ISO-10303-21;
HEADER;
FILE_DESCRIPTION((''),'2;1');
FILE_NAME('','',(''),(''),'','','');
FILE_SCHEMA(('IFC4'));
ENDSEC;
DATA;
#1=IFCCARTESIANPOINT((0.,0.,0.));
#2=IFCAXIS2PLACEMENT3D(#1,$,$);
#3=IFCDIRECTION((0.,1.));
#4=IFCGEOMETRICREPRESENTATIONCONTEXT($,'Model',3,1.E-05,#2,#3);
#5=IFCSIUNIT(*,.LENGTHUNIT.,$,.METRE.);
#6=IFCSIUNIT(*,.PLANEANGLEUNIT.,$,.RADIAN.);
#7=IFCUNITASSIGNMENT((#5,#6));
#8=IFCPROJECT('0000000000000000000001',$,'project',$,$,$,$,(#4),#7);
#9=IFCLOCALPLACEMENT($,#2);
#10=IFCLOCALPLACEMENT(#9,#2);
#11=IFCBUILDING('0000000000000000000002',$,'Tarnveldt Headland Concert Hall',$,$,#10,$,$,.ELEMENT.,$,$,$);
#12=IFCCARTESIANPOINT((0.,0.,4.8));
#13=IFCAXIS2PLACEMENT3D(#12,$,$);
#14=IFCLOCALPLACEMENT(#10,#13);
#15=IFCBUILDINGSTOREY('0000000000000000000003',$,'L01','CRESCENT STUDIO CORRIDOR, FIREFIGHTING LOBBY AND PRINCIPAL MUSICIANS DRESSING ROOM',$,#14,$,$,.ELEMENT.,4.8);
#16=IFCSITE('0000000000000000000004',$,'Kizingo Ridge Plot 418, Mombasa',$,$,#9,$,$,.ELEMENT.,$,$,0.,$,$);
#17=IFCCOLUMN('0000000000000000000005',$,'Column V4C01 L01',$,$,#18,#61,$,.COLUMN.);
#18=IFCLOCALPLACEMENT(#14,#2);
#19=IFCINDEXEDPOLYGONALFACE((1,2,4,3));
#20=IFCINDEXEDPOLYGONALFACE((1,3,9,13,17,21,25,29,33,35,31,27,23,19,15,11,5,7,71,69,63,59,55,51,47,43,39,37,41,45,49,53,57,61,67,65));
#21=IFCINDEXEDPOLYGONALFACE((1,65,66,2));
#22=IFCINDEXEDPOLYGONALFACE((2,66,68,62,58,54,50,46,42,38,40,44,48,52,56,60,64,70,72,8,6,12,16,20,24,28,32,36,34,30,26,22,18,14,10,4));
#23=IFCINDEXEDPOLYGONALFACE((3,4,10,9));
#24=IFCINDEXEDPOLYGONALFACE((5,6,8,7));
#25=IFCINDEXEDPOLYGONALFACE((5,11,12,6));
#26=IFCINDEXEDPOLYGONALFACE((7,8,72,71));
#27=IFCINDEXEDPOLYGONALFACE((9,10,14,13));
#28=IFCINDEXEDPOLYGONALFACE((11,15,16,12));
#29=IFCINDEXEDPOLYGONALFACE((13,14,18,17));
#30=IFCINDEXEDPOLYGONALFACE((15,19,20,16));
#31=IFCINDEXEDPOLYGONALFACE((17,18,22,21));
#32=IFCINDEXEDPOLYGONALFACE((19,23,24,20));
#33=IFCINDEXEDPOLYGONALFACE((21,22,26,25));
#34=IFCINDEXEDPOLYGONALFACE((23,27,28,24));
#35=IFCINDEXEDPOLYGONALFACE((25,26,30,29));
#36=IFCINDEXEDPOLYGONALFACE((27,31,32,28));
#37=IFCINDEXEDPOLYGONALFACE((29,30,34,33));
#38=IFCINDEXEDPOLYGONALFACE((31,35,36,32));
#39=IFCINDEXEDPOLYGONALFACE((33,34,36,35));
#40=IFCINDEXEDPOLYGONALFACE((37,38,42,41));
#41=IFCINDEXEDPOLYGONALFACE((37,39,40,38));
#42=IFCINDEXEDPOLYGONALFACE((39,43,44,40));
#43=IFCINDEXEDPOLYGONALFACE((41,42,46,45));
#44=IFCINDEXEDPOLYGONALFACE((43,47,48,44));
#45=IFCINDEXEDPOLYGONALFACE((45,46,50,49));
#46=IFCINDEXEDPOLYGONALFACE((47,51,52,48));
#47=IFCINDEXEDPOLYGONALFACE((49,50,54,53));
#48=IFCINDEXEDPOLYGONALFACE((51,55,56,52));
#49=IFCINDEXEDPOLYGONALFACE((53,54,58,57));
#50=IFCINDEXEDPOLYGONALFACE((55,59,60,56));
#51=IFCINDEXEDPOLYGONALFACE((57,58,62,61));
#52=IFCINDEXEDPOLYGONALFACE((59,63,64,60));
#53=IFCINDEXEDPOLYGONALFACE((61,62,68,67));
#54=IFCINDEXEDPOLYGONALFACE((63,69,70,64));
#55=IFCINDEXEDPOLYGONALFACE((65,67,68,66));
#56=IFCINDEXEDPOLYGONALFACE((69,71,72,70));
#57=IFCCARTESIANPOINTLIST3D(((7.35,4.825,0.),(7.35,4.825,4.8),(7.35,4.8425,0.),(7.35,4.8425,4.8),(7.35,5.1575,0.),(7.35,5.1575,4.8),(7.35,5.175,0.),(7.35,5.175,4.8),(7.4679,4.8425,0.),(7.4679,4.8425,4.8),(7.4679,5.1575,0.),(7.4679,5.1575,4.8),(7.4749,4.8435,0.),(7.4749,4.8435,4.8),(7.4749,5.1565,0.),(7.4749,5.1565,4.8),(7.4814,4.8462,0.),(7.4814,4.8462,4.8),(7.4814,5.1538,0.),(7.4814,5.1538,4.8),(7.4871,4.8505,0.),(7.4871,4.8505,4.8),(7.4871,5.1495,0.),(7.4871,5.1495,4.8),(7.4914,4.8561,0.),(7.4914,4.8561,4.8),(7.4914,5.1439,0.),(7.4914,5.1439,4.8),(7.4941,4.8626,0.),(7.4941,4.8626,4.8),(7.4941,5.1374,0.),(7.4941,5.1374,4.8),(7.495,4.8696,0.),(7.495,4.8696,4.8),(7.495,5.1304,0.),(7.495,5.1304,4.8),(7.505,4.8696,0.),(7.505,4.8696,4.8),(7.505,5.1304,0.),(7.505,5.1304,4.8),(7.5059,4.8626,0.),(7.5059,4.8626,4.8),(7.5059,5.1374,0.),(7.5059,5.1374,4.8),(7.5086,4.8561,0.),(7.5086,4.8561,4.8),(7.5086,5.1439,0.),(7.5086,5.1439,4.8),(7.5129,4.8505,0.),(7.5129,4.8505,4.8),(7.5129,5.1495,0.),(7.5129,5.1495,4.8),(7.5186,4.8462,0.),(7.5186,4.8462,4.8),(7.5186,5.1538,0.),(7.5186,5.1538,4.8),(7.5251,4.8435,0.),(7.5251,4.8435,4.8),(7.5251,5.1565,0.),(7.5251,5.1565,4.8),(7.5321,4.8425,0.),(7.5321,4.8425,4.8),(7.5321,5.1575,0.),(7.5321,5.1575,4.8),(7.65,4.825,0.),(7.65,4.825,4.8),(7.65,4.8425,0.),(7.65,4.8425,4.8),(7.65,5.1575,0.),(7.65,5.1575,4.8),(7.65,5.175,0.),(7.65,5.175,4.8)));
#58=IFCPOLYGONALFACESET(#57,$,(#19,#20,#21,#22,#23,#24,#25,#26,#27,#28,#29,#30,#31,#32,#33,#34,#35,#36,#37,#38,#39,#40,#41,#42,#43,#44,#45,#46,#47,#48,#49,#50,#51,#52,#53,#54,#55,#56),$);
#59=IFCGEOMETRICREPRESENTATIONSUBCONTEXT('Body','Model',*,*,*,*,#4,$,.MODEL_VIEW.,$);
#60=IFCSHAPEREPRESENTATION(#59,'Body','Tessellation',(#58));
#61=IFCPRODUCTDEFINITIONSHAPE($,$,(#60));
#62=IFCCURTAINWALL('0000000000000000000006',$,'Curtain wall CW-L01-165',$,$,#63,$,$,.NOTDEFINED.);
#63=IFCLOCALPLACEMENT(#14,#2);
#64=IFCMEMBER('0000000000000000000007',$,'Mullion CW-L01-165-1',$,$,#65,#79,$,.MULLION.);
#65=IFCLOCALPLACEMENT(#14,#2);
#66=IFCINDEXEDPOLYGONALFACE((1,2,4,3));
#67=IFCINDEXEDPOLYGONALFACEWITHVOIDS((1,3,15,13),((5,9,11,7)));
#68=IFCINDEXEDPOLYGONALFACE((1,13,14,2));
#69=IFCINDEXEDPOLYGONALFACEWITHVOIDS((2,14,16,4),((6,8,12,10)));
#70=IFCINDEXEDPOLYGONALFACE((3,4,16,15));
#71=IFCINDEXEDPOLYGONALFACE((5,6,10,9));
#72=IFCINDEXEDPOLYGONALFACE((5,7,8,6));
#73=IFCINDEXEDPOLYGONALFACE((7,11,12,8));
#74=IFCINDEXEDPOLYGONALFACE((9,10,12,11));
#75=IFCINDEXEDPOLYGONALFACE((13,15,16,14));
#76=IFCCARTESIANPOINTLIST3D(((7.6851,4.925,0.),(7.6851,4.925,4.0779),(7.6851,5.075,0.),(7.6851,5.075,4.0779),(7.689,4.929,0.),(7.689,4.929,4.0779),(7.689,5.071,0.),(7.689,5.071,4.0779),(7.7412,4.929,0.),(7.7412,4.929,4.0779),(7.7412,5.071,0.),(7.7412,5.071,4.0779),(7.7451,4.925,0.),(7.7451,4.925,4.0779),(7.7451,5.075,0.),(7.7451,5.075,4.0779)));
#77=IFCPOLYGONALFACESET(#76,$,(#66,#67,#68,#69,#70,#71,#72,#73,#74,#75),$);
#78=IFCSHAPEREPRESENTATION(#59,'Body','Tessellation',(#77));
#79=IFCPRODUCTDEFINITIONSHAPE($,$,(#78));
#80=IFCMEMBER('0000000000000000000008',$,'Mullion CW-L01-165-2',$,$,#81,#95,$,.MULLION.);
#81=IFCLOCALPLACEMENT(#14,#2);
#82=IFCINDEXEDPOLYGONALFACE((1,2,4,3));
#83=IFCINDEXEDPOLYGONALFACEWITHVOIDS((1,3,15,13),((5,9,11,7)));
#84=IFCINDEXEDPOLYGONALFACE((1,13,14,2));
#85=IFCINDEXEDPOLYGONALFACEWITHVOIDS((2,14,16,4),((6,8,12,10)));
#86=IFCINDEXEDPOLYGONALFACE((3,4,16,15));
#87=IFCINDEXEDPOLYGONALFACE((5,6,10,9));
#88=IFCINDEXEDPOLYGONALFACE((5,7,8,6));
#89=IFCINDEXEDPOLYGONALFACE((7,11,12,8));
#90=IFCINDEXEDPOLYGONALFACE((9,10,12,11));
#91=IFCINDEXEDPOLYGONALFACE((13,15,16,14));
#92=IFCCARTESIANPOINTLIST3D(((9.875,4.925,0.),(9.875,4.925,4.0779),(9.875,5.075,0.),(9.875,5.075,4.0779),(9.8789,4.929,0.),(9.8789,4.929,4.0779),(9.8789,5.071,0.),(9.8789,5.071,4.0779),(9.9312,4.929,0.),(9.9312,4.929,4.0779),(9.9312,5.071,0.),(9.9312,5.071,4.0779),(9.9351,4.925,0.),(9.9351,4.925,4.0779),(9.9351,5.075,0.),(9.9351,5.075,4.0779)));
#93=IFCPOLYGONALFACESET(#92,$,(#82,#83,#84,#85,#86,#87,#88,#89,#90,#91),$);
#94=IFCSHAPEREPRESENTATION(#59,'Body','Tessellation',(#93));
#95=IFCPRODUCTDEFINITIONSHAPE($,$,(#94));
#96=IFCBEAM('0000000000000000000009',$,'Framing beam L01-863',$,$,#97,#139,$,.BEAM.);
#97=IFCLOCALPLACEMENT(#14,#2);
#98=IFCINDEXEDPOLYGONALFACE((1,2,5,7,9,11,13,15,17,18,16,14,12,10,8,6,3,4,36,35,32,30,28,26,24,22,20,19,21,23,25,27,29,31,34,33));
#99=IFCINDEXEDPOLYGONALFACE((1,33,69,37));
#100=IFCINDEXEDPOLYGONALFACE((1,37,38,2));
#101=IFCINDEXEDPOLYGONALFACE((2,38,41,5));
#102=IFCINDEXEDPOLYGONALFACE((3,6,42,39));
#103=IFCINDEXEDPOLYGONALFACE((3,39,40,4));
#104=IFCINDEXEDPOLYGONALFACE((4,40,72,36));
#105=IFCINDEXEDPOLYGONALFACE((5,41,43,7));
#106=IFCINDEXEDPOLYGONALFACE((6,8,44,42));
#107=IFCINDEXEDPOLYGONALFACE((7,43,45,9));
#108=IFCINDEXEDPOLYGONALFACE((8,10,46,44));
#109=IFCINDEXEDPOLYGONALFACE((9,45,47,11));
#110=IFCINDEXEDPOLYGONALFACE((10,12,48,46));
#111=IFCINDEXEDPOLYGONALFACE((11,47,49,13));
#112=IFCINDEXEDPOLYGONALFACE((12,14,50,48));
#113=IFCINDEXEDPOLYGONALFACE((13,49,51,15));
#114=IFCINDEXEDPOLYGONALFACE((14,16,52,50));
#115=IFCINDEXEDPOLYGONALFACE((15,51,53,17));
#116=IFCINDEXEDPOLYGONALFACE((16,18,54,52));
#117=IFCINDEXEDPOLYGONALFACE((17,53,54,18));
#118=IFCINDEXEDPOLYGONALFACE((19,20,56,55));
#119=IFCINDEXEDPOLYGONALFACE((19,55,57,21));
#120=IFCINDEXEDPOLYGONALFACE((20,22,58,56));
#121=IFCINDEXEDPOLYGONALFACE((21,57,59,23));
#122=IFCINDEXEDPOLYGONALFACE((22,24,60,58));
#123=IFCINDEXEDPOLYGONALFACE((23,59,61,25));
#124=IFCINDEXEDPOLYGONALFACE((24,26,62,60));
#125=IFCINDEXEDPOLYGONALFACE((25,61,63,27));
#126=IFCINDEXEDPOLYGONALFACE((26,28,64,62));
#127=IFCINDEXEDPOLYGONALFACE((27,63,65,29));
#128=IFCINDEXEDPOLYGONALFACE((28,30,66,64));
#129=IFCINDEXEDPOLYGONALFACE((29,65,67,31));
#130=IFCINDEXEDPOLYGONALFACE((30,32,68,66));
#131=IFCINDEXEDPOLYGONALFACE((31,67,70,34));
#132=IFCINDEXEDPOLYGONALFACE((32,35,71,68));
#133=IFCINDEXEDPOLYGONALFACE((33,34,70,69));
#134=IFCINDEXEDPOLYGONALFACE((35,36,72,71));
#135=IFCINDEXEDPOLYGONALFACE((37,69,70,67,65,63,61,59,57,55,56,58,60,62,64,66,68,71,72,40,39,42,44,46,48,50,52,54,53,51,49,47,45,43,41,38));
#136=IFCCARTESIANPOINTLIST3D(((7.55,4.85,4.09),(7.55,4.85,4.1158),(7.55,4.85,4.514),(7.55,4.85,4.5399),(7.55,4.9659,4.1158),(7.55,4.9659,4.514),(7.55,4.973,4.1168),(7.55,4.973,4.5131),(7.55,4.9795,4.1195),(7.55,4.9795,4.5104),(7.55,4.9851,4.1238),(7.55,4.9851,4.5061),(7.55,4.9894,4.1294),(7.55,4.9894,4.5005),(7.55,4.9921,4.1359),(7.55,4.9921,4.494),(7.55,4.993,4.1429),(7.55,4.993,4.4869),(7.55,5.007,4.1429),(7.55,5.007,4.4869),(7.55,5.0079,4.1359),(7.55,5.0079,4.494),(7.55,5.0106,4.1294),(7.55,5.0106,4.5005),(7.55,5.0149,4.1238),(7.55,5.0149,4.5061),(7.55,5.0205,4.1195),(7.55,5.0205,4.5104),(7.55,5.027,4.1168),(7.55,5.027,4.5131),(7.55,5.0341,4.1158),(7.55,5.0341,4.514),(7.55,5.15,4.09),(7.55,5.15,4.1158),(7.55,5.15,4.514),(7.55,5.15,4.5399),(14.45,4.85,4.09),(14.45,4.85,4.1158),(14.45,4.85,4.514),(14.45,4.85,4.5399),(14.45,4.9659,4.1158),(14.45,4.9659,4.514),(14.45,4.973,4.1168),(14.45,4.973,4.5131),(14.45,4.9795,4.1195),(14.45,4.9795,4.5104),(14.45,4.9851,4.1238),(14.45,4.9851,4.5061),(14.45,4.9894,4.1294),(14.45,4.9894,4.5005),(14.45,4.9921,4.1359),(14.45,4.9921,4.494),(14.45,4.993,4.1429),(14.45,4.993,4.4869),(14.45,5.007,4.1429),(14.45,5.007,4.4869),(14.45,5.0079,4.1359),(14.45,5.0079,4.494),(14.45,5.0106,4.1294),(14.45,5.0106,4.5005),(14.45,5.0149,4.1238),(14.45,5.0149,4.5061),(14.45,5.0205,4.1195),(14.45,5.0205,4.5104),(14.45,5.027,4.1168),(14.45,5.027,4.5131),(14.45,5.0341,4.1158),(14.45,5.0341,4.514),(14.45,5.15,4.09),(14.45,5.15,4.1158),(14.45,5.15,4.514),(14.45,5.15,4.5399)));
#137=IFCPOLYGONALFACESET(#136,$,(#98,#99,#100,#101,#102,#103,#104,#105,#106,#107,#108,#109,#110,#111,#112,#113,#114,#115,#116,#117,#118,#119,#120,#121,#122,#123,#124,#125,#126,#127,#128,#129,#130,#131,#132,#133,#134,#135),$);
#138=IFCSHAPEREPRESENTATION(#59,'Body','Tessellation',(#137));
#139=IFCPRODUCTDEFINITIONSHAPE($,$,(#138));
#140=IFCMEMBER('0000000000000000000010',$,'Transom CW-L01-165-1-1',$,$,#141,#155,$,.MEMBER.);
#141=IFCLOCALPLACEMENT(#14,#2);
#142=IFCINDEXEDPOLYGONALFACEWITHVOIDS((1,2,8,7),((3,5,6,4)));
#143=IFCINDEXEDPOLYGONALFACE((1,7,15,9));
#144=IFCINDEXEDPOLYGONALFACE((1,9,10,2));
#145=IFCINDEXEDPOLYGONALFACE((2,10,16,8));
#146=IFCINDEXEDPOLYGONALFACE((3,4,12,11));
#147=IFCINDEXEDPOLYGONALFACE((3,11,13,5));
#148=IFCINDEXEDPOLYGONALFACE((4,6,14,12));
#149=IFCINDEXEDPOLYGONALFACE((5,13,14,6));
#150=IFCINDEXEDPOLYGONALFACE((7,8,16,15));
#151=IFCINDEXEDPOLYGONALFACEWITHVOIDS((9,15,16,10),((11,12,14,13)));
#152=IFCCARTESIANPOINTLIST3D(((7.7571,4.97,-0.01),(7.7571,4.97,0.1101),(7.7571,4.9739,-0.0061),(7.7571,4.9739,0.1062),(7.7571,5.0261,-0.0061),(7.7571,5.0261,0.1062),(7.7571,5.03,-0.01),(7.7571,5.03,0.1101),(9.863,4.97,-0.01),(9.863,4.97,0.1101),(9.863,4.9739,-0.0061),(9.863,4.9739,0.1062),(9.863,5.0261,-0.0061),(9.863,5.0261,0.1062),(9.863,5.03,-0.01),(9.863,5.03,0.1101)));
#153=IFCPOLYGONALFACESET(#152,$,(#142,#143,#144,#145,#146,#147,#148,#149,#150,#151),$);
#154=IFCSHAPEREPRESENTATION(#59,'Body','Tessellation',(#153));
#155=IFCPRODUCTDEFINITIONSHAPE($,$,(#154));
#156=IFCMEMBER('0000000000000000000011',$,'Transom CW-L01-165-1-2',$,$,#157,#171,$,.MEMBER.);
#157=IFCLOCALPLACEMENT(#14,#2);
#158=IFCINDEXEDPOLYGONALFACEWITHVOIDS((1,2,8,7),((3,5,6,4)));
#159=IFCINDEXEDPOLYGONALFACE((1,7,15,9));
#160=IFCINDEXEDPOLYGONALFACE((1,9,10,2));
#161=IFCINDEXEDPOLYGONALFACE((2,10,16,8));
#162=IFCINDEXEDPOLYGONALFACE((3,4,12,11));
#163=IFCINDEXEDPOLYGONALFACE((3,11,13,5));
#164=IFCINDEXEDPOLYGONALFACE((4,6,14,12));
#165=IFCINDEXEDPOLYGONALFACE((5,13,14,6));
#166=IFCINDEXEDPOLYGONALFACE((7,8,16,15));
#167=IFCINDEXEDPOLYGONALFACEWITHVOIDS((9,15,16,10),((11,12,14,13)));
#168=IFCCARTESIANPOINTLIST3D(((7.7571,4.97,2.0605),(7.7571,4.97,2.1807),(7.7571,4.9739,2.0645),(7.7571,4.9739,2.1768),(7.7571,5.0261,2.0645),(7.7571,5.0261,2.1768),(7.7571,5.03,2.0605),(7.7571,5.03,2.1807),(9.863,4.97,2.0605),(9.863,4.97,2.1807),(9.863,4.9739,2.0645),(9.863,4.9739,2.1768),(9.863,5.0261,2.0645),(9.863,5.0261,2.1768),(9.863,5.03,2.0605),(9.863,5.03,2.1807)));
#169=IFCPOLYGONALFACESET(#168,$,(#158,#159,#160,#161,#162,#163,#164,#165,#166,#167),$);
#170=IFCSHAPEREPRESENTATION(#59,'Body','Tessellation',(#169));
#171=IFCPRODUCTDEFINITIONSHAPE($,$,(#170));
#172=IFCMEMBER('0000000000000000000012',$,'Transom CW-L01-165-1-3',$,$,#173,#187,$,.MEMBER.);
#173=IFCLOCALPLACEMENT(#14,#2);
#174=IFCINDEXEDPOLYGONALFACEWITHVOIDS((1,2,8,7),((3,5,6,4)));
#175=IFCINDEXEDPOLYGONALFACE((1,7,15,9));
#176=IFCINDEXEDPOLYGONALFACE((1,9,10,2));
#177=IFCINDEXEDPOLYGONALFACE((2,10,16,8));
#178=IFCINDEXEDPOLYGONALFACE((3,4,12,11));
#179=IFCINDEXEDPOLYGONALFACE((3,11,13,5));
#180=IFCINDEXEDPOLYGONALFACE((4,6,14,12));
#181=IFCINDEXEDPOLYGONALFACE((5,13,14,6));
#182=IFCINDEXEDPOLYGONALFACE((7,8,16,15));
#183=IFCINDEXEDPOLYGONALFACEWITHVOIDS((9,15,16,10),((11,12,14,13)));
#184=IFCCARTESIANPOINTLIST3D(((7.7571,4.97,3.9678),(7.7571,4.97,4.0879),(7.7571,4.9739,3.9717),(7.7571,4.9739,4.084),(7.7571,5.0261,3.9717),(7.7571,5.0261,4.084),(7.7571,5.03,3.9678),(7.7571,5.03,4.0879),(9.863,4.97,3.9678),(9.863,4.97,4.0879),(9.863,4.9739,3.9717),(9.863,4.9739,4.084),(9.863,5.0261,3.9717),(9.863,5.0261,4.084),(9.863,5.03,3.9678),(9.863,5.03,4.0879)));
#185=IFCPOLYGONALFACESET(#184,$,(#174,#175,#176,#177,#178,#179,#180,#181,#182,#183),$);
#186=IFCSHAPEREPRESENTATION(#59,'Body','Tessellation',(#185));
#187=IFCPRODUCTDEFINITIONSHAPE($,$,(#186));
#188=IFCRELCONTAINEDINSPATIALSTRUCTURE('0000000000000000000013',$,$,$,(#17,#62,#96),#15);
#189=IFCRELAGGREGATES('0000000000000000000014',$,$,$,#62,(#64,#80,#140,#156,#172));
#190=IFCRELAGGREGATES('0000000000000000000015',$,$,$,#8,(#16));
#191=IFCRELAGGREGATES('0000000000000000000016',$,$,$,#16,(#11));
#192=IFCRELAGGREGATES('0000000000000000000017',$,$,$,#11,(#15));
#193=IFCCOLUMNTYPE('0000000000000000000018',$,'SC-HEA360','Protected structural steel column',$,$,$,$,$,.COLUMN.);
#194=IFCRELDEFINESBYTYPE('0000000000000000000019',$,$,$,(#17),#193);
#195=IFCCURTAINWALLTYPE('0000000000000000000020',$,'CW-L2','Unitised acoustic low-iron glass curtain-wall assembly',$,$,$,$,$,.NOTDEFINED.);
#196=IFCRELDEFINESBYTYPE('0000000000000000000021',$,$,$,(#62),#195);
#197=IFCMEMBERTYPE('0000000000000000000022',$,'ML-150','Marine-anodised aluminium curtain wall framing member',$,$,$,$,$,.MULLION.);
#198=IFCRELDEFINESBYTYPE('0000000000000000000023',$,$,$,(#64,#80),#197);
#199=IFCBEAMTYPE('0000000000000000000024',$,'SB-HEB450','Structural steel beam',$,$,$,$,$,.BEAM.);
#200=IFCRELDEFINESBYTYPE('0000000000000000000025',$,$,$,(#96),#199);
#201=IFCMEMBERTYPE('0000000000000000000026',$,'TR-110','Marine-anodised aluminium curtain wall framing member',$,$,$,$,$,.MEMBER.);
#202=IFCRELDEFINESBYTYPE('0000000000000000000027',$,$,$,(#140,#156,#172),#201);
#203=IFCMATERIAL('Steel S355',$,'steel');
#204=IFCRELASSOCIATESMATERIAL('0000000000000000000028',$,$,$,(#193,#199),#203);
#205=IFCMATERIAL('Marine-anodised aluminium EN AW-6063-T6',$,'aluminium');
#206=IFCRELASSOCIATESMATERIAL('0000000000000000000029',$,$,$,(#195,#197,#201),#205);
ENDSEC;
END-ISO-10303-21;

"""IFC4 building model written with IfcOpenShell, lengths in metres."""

from ifc_helpers import new_model, si_unit, direction, frame, origin, origin_2d, place, context, subcontext, project, spatial, hollow_rectangle, i_section, extrude, material, material_profile, profile_set, type_object, element, aggregate, save


model = new_model("IFC4")

# Units and contexts
model_context = context("Model", 3, precision=1e-05, world=origin(), true_north=direction((0.0, 1.0)))
body_context = subcontext(model_context, "Body", "Model", "MODEL_VIEW")
ifc_project = project(units=[si_unit("LENGTHUNIT", "METRE"), si_unit("PLANEANGLEUNIT", "RADIAN")], contexts=[model_context])

# Site, building, storey
site_placement = place(None, origin())
site = spatial("IfcSite", under=ifc_project, at=site_placement, Name="Kizingo Ridge Plot 418, Mombasa", CompositionType="ELEMENT", RefElevation=0.0)
building_placement = place(site_placement, origin())
building = spatial("IfcBuilding", under=site, at=building_placement, Name="Tarnveldt Headland Concert Hall", CompositionType="ELEMENT")
storey_placement = place(building_placement, frame((0.0, 0.0, 4.8)))
storey = spatial("IfcBuildingStorey", under=building, at=storey_placement, Name="L01", Description="CRESCENT STUDIO CORRIDOR, FIREFIGHTING LOBBY AND PRINCIPAL MUSICIANS DRESSING ROOM", CompositionType="ELEMENT", Elevation=4.8)

# Column
ifc_material_1 = material(Name="Steel S355", Category="steel")
ifc_material_profile_1 = material_profile(ifc_material_1, i_section(OverallWidth=0.3, OverallDepth=0.3501, WebThickness=0.01, FlangeThickness=0.0176, FilletRadius=0.0271, at=origin_2d()), Name="HEA360", Category="steel")
ifc_profile_set_1 = profile_set([ifc_material_profile_1], Name="Steel S355")
column_type = type_object("IfcColumnType", Name="SC-HEA360", Description="Protected structural steel column", PredefinedType="COLUMN", material=ifc_profile_set_1)
column_placement = place(storey_placement, frame((7.5, 5.0, 0.0), z_axis=(0.0, 0.0, 1.0), x_axis=(1.0, 0.0, 0.0)))
element("IfcColumn", 1, at=column_placement, inside=storey, type_object=column_type, Name="Column V4C01 L01", PredefinedType="COLUMN", context=body_context, shape_type="SweptSolid", body=[
    extrude(i_section(OverallWidth=0.3, OverallDepth=0.3501, WebThickness=0.01, FlangeThickness=0.0176, FilletRadius=0.0271, at=origin_2d()), origin(), (0.0, 0.0, 1.0), 4.8),
])

# Curtain wall, members
ifc_material_2 = material(Name="Marine-anodised aluminium EN AW-6063-T6", Category="aluminium")
curtain_wall_type = type_object("IfcCurtainWallType", Name="CW-L2", Description="Unitised acoustic low-iron glass curtain-wall assembly", PredefinedType="NOTDEFINED", material=ifc_material_2)
curtain_wall_placement = place(storey_placement, origin())
curtain_wall = element("IfcCurtainWall", 2, at=curtain_wall_placement, inside=storey, type_object=curtain_wall_type, Name="Curtain wall CW-L01-165", PredefinedType="NOTDEFINED")
ifc_material_profile_2 = material_profile(ifc_material_2, hollow_rectangle(XDim=0.0601, YDim=0.1499, WallThickness=0.0039, at=origin_2d()), Name="ALU MULLION 60x150x4", Category="aluminium")
ifc_profile_set_2 = profile_set([ifc_material_profile_2], Name="Marine-anodised aluminium EN AW-6063-T6")
member_type_1 = type_object("IfcMemberType", Name="ML-150", Description="Marine-anodised aluminium curtain wall framing member", PredefinedType="MULLION", material=ifc_profile_set_2)
member_1_placement = place(storey_placement, frame((7.7151, 5.0, 0.0), z_axis=(0.0, 0.0, 1.0), x_axis=(1.0, 0.0, 0.0)))
member_1 = element("IfcMember", 3, at=member_1_placement, type_object=member_type_1, Name="Mullion CW-L01-165-1", PredefinedType="MULLION", context=body_context, shape_type="SweptSolid", body=[
    extrude(hollow_rectangle(XDim=0.0601, YDim=0.1499, WallThickness=0.0039, at=origin_2d()), origin(), (0.0, 0.0, 1.0), 4.0779),
])
member_2_placement = place(storey_placement, frame((9.905, 5.0, 0.0), z_axis=(0.0, 0.0, 1.0), x_axis=(1.0, 0.0, 0.0)))
member_2 = element("IfcMember", 4, at=member_2_placement, type_object=member_type_1, Name="Mullion CW-L01-165-2", PredefinedType="MULLION", context=body_context, shape_type="SweptSolid", body=[
    extrude(hollow_rectangle(XDim=0.0601, YDim=0.1499, WallThickness=0.0039, at=origin_2d()), origin(), (0.0, 0.0, 1.0), 4.0779),
])

# Beam
ifc_material_profile_3 = material_profile(ifc_material_1, i_section(OverallWidth=0.3, OverallDepth=0.45, WebThickness=0.0139, FlangeThickness=0.0259, FilletRadius=0.0271, at=origin_2d()), Name="HEB450", Category="steel")
ifc_profile_set_3 = profile_set([ifc_material_profile_3], Name="Steel S355")
beam_type = type_object("IfcBeamType", Name="SB-HEB450", Description="Structural steel beam", PredefinedType="BEAM", material=ifc_profile_set_3)
beam_placement = place(storey_placement, frame((7.55, 5.0, 4.3149), z_axis=(1.0, 0.0, 0.0), x_axis=(0.0, 1.0, 0.0)))
element("IfcBeam", 5, at=beam_placement, inside=storey, type_object=beam_type, Name="Framing beam L01-863", PredefinedType="BEAM", context=body_context, shape_type="SweptSolid", body=[
    extrude(i_section(OverallWidth=0.3, OverallDepth=0.45, WebThickness=0.0139, FlangeThickness=0.0259, FilletRadius=0.0271, at=origin_2d()), origin(), (0.0, 0.0, 1.0), 6.8999),
])

# Members
ifc_material_profile_4 = material_profile(ifc_material_2, hollow_rectangle(XDim=0.0601, YDim=0.1201, WallThickness=0.0039, at=origin_2d()), Name="ALU TRANSOM 60x120x4", Category="aluminium")
ifc_profile_set_4 = profile_set([ifc_material_profile_4], Name="Marine-anodised aluminium EN AW-6063-T6")
member_type_2 = type_object("IfcMemberType", Name="TR-110", Description="Marine-anodised aluminium curtain wall framing member", PredefinedType="MEMBER", material=ifc_profile_set_4)
member_3_placement = place(storey_placement, frame((7.7571, 5.0, 0.05), z_axis=(1.0, 0.0, 0.0), x_axis=(0.0, 1.0, 0.0)))
member_3 = element("IfcMember", 6, at=member_3_placement, type_object=member_type_2, Name="Transom CW-L01-165-1-1", PredefinedType="MEMBER", context=body_context, shape_type="SweptSolid", body=[
    extrude(hollow_rectangle(XDim=0.0601, YDim=0.1201, WallThickness=0.0039, at=origin_2d()), origin(), (0.0, 0.0, 1.0), 2.106),
])
member_4_placement = place(storey_placement, frame((7.7571, 5.0, 2.1206), z_axis=(1.0, 0.0, 0.0), x_axis=(0.0, 1.0, 0.0)))
member_4 = element("IfcMember", 7, at=member_4_placement, type_object=member_type_2, Name="Transom CW-L01-165-1-2", PredefinedType="MEMBER", context=body_context, shape_type="SweptSolid", body=[
    extrude(hollow_rectangle(XDim=0.0601, YDim=0.1201, WallThickness=0.0039, at=origin_2d()), origin(), (0.0, 0.0, 1.0), 2.106),
])
member_5_placement = place(storey_placement, frame((7.7571, 5.0, 4.0278), z_axis=(1.0, 0.0, 0.0), x_axis=(0.0, 1.0, 0.0)))
member_5 = element("IfcMember", 8, at=member_5_placement, type_object=member_type_2, Name="Transom CW-L01-165-1-3", PredefinedType="MEMBER", context=body_context, shape_type="SweptSolid", body=[
    extrude(hollow_rectangle(XDim=0.0601, YDim=0.1201, WallThickness=0.0039, at=origin_2d()), origin(), (0.0, 0.0, 1.0), 2.106),
])

aggregate(curtain_wall, [member_1, member_2, member_3, member_4, member_5])

save(model, "model.ifc")
